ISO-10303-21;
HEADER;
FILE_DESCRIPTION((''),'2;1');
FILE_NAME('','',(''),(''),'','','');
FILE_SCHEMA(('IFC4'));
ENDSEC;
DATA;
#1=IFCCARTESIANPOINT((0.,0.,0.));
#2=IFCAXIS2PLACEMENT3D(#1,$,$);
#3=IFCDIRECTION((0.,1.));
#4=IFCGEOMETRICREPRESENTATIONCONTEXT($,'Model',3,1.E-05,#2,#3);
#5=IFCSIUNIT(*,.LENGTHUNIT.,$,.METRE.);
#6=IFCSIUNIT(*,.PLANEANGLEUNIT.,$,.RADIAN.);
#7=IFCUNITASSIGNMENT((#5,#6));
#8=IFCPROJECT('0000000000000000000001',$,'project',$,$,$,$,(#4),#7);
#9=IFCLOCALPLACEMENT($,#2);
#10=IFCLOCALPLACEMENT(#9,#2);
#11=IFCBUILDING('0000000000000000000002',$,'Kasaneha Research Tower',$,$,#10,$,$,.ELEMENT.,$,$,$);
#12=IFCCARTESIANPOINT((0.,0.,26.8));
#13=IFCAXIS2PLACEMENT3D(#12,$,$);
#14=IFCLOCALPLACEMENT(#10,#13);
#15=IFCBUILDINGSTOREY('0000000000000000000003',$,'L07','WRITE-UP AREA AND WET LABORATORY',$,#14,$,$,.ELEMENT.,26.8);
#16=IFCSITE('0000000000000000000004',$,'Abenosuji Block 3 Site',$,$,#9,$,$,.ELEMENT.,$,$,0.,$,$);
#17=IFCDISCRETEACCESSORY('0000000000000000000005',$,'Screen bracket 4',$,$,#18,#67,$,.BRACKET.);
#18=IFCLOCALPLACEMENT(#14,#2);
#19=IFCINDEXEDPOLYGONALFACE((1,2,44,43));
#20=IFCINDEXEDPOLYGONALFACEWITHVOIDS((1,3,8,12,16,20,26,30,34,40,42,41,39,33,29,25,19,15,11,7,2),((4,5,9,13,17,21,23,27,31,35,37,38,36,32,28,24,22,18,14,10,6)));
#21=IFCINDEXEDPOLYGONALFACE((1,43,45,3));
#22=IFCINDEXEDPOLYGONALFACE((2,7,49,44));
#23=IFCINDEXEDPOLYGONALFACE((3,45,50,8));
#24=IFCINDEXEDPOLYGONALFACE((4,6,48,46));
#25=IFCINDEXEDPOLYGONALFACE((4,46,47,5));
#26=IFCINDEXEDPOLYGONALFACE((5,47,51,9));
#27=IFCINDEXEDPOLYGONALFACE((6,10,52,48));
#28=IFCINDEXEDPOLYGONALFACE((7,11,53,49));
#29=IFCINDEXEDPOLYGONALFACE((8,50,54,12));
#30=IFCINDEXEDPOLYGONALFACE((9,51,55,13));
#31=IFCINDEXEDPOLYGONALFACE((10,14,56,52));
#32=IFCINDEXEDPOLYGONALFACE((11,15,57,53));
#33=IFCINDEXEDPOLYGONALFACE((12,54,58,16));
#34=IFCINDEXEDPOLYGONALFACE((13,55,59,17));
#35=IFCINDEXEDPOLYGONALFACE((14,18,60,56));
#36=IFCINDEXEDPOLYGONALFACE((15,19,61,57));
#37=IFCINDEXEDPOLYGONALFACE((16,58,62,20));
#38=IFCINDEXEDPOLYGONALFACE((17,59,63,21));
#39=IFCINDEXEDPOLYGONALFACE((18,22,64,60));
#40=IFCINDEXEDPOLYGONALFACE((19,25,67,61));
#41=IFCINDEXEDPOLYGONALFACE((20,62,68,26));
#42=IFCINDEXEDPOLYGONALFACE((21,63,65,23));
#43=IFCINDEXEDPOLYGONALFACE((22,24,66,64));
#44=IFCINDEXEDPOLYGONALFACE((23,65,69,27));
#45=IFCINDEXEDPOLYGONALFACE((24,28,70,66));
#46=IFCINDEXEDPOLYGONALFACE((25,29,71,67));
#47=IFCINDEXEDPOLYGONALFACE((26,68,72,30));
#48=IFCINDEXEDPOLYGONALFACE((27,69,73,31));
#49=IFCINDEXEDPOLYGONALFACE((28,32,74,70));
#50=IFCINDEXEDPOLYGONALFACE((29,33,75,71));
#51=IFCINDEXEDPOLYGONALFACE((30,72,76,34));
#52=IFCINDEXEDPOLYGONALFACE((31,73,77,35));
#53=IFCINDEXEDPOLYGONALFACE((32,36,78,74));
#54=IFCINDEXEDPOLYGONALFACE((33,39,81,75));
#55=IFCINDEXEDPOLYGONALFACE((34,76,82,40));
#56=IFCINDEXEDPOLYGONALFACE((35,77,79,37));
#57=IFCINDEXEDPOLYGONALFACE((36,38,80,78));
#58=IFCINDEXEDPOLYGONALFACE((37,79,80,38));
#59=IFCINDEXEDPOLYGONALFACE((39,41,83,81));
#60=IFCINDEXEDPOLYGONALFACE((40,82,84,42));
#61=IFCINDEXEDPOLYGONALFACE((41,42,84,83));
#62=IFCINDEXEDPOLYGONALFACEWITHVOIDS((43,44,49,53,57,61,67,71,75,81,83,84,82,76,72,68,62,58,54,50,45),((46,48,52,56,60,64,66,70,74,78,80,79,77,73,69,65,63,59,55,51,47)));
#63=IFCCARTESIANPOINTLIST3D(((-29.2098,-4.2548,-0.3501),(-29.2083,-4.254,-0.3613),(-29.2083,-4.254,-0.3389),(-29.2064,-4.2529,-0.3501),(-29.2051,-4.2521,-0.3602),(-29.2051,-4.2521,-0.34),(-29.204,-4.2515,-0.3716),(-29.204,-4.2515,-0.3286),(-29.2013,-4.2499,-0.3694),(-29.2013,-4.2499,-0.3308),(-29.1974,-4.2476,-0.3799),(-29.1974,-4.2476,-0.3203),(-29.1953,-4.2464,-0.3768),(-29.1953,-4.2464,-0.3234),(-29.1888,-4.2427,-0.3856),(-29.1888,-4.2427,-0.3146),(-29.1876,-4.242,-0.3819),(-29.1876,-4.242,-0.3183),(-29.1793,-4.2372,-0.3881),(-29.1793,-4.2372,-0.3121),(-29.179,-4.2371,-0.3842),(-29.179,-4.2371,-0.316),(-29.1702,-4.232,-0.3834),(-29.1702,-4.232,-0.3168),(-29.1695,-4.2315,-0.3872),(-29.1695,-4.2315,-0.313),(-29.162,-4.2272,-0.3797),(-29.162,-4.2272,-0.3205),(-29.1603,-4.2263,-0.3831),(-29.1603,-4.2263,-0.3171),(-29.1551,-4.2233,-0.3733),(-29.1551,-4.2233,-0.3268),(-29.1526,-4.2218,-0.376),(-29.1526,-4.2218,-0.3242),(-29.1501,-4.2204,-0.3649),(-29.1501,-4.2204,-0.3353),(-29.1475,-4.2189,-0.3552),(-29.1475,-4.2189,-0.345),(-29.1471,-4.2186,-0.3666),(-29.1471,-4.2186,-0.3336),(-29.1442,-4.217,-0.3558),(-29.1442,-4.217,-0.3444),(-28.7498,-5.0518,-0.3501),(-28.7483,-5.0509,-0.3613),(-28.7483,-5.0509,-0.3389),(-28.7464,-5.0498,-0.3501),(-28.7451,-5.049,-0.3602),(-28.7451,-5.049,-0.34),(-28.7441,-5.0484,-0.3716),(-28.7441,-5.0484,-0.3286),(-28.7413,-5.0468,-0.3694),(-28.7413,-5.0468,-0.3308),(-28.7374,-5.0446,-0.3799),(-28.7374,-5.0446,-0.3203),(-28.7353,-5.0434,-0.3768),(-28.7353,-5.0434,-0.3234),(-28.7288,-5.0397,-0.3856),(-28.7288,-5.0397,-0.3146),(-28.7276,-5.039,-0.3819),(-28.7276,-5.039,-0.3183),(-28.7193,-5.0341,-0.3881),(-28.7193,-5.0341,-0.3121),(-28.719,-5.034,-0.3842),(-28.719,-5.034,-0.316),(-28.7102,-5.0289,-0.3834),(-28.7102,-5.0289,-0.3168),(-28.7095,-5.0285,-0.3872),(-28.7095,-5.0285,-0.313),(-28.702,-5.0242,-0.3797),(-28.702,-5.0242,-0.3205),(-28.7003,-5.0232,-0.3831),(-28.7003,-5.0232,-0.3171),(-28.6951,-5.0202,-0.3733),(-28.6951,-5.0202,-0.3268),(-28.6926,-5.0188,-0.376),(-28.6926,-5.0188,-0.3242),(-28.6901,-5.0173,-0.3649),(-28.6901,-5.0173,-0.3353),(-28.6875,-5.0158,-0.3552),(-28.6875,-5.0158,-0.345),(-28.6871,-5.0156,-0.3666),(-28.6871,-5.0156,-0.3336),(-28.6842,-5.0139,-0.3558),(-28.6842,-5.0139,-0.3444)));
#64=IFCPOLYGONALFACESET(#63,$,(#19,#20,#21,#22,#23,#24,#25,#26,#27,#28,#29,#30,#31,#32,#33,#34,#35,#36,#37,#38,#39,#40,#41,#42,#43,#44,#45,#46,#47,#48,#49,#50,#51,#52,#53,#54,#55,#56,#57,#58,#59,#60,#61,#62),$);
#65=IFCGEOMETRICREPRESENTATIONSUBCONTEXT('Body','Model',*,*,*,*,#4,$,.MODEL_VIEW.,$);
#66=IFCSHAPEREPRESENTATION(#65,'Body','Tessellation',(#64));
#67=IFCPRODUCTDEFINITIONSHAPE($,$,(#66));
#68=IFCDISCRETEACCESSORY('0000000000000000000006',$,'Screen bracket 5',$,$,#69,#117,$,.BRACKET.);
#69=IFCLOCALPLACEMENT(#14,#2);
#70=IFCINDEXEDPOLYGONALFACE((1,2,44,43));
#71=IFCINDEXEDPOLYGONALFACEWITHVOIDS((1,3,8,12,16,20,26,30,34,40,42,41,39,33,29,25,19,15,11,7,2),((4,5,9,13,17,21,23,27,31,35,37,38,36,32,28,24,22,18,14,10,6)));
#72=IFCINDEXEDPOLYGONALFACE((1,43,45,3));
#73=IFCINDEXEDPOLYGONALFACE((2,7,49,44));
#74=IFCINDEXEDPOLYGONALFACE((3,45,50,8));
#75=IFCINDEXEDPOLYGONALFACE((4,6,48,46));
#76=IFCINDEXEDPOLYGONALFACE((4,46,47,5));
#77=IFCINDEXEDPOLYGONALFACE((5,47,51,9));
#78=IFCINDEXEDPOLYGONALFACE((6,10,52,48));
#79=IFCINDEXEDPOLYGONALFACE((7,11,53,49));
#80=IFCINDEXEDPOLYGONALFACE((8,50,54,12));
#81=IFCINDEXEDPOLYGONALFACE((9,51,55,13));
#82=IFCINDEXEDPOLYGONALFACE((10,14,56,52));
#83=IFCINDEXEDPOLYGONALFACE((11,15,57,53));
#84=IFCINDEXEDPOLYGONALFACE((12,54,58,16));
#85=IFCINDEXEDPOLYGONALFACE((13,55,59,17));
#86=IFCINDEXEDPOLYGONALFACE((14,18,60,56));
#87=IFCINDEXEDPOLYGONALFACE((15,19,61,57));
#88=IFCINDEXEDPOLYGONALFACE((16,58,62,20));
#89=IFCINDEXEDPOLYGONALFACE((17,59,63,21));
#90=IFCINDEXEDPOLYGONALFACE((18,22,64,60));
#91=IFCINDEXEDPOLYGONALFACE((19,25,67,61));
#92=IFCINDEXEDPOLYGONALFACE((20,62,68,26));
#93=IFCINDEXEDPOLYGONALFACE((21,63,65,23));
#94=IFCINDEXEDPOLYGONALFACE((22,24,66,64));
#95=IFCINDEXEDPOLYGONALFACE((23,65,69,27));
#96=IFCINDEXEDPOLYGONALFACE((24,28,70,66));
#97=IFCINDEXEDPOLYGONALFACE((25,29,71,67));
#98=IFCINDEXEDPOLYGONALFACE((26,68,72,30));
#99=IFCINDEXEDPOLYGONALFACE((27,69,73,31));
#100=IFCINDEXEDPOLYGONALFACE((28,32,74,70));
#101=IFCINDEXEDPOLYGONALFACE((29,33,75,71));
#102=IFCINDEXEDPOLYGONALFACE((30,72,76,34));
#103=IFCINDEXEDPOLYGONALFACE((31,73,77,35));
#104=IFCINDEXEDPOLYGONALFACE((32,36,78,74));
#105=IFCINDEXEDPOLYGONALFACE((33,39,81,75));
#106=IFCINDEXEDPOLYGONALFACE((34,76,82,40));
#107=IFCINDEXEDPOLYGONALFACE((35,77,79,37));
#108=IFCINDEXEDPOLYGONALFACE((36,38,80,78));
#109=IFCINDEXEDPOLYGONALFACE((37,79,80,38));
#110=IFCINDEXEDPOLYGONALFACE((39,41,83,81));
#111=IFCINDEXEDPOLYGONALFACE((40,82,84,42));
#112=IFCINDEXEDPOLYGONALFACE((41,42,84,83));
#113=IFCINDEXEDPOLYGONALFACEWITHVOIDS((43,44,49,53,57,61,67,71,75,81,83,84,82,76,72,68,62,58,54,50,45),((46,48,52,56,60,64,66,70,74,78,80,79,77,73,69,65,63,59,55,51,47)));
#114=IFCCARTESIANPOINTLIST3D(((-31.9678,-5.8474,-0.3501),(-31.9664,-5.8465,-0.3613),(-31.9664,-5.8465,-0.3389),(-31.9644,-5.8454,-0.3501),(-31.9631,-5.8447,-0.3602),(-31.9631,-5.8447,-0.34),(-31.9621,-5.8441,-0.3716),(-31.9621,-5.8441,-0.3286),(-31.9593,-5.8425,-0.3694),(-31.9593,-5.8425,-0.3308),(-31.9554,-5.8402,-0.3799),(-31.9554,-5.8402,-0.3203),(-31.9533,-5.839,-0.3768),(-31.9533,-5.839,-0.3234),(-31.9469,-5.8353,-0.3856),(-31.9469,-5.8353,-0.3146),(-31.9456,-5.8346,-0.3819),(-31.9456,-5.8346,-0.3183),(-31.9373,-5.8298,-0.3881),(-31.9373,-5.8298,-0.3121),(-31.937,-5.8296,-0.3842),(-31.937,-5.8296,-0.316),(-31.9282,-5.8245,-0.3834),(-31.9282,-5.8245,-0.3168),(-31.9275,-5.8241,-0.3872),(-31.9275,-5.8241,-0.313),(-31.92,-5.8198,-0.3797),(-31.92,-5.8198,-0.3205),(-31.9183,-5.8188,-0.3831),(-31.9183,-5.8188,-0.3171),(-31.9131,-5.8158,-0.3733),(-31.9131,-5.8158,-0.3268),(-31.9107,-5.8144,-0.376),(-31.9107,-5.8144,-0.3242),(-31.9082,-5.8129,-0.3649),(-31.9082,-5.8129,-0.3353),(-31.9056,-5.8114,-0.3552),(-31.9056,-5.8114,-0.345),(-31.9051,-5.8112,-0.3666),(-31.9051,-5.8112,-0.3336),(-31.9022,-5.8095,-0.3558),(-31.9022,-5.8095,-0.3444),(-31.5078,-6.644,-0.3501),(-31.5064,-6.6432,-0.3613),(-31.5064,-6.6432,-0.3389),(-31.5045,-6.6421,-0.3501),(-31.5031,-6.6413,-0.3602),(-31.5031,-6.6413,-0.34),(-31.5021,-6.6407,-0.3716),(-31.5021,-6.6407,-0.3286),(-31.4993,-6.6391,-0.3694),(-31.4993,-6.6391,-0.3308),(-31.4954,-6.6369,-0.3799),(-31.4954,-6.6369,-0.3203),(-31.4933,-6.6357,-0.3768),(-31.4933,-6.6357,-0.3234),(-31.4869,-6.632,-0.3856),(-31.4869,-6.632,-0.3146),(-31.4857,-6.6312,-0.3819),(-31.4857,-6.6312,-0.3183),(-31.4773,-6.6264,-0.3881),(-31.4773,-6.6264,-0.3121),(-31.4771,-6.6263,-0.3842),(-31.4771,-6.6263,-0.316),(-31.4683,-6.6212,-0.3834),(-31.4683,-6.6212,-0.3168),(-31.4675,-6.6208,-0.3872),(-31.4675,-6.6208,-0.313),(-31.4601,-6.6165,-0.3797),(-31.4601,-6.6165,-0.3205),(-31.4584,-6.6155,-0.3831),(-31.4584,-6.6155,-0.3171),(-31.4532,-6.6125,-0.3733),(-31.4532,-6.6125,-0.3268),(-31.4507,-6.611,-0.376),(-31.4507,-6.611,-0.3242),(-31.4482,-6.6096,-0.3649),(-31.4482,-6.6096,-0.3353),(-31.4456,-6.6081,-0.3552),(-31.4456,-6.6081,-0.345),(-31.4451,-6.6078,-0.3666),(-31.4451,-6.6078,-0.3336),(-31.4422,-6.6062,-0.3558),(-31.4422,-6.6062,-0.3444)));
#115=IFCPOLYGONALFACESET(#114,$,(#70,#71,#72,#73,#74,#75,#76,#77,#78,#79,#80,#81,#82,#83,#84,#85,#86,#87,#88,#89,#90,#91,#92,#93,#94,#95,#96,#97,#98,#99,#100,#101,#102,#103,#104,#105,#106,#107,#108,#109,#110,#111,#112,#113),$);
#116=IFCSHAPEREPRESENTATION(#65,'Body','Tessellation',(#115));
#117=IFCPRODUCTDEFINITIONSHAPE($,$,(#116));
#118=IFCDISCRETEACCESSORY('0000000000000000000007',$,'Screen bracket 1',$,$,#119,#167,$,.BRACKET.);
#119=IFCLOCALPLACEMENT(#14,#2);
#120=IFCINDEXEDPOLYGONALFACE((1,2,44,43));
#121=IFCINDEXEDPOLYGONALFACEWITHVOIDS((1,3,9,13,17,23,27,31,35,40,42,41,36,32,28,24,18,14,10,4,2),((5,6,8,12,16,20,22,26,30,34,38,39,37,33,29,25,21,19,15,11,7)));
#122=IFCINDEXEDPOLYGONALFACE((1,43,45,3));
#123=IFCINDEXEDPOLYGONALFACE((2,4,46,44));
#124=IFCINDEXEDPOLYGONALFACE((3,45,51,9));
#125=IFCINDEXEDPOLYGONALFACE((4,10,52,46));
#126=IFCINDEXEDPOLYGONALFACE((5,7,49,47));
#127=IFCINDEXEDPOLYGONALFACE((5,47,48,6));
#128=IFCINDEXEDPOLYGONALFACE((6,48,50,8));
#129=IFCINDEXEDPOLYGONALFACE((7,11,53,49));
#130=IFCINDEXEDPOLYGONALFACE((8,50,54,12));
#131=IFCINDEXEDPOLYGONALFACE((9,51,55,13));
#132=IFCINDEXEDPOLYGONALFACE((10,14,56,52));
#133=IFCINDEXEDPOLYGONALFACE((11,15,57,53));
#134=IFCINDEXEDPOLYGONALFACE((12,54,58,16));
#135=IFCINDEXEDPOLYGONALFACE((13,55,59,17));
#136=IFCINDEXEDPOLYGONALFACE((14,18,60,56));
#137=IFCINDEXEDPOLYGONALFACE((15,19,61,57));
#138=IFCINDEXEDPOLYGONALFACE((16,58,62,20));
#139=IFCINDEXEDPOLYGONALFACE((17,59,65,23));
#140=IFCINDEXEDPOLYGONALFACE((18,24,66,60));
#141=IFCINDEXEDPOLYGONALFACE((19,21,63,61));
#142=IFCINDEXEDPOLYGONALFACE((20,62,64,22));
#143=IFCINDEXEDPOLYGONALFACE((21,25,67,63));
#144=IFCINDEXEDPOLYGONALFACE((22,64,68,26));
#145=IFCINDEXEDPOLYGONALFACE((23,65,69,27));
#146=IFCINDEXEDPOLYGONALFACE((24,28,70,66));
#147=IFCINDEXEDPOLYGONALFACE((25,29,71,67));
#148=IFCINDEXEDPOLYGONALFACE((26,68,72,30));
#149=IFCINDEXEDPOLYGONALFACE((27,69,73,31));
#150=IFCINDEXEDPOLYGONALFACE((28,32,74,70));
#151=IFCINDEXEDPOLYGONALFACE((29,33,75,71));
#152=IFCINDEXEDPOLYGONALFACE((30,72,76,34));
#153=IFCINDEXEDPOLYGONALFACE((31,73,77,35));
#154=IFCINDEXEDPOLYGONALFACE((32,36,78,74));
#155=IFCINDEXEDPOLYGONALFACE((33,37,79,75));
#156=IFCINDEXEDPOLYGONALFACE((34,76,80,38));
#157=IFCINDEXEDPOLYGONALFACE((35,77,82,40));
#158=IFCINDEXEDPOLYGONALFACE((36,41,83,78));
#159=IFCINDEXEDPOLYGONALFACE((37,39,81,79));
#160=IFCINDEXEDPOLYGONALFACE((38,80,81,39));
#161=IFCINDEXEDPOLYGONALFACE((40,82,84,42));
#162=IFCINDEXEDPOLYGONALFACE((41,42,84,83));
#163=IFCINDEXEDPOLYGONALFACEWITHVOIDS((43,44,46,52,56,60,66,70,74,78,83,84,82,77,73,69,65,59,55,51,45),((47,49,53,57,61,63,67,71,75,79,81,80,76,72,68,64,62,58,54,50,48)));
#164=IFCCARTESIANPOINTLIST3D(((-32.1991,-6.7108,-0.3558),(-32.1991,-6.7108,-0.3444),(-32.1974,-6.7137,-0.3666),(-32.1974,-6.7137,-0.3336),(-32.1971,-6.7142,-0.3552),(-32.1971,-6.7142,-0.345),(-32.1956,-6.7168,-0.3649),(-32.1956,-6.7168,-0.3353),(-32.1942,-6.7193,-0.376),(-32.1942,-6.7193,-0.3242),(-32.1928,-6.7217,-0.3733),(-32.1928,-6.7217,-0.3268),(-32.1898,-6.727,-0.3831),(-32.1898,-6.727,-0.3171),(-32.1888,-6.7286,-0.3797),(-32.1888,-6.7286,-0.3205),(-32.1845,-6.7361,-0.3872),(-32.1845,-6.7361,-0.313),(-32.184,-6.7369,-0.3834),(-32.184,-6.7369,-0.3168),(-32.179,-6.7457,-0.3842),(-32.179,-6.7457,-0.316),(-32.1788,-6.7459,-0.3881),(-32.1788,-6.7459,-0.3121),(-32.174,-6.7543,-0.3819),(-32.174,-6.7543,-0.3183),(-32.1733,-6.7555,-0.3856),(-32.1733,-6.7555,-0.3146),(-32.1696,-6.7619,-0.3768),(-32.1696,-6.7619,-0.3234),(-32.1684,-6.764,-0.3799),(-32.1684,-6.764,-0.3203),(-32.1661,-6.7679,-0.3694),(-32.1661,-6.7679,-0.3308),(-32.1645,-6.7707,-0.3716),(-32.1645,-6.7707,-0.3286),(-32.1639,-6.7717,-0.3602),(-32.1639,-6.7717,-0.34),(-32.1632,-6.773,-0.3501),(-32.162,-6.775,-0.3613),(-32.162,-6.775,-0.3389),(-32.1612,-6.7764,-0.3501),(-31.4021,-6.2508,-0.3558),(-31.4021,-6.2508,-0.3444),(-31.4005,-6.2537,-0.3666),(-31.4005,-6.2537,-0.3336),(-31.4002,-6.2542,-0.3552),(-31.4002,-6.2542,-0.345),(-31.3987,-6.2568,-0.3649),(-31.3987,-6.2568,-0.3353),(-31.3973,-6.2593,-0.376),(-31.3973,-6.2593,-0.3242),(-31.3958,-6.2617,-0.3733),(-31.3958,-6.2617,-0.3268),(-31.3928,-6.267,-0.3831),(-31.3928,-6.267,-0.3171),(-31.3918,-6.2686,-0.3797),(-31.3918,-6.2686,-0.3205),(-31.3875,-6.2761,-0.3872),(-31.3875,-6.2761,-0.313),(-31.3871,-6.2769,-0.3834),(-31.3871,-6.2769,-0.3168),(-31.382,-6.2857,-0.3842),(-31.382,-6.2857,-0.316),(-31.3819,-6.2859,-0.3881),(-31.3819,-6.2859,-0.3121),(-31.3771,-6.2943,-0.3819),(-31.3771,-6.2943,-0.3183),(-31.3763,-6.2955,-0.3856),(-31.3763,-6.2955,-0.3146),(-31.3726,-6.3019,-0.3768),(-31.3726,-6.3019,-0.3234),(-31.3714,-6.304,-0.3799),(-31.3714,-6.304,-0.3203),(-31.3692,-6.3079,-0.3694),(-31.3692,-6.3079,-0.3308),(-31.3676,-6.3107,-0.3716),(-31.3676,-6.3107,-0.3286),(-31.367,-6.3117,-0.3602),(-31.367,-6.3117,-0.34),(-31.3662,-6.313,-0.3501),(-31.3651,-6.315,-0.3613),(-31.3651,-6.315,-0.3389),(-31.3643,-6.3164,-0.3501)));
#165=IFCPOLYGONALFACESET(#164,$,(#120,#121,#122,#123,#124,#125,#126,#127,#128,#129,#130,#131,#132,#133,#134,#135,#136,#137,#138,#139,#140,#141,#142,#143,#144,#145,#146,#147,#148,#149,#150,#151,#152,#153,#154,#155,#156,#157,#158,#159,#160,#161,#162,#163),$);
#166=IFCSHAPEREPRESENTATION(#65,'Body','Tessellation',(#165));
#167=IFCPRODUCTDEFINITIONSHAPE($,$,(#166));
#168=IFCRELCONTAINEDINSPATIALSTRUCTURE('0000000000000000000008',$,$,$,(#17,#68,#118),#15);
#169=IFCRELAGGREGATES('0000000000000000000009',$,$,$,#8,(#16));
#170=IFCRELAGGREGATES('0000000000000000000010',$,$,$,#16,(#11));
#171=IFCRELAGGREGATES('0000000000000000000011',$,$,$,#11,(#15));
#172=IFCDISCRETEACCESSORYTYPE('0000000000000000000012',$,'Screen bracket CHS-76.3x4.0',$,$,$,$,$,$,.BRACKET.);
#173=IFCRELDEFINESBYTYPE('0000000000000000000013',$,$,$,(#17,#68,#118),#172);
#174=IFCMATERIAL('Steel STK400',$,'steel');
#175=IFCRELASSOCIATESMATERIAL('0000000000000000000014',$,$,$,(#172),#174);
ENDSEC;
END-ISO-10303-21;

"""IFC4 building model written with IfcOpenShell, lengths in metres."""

from ifc_helpers import new_model, si_unit, direction, frame, origin, origin_2d, place, context, subcontext, project, spatial, hollow_circle, extrude, material, material_profile, profile_set, type_object, element, save


model = new_model("IFC4")

# Units and contexts
model_context = context("Model", 3, precision=1e-05, world=origin(), true_north=direction((0.0, 1.0)))
body_context = subcontext(model_context, "Body", "Model", "MODEL_VIEW")
ifc_project = project(units=[si_unit("LENGTHUNIT", "METRE"), si_unit("PLANEANGLEUNIT", "RADIAN")], contexts=[model_context])

# Site, building, storey
site_placement = place(None, origin())
site = spatial("IfcSite", under=ifc_project, at=site_placement, Name="Abenosuji Block 3 Site", CompositionType="ELEMENT", RefElevation=0.0)
building_placement = place(site_placement, origin())
building = spatial("IfcBuilding", under=site, at=building_placement, Name="Kasaneha Research Tower", CompositionType="ELEMENT")
storey_placement = place(building_placement, frame((0.0, 0.0, 26.8)))
storey = spatial("IfcBuildingStorey", under=building, at=storey_placement, Name="L07", Description="WRITE-UP AREA AND WET LABORATORY", CompositionType="ELEMENT", Elevation=26.8)

# Discrete accessories
ifc_material_1 = material(Name="Steel STK400", Category="steel")
ifc_material_profile_1 = material_profile(ifc_material_1, hollow_circle(Radius=0.0381, WallThickness=0.0039, at=origin_2d()), Name="CHS-76.3x4.0")
ifc_profile_set_1 = profile_set([ifc_material_profile_1], Name="Steel STK400")
discrete_accessory_type = type_object("IfcDiscreteAccessoryType", Name="Screen bracket CHS-76.3x4.0", PredefinedType="BRACKET", material=ifc_profile_set_1)
discrete_accessory_1_placement = place(storey_placement, frame((-28.7168, -5.0327, -0.3501), z_axis=(-0.499906, 0.86608, 0.0), x_axis=(-0.86608, -0.499906, 0.0)))
element("IfcDiscreteAccessory", 1, at=discrete_accessory_1_placement, inside=storey, type_object=discrete_accessory_type, Name="Screen bracket 4", PredefinedType="BRACKET", context=body_context, shape_type="SweptSolid", body=[
    extrude(hollow_circle(Radius=0.0381, WallThickness=0.0039, at=origin_2d()), origin(), (0.0, 0.0, 1.0), 0.9202),
])
discrete_accessory_2_placement = place(storey_placement, frame((-31.4749, -6.625, -0.3501), z_axis=(-0.500021, 0.866013, 0.0), x_axis=(-0.866013, -0.500021, 0.0)))
element("IfcDiscreteAccessory", 2, at=discrete_accessory_2_placement, inside=storey, type_object=discrete_accessory_type, Name="Screen bracket 5", PredefinedType="BRACKET", context=body_context, shape_type="SweptSolid", body=[
    extrude(hollow_circle(Radius=0.0381, WallThickness=0.0039, at=origin_2d()), origin(), (0.0, 0.0, 1.0), 0.9199),
])
discrete_accessory_3_placement = place(storey_placement, frame((-31.3833, -6.2834, -0.3501), z_axis=(-0.86608, -0.499906, 0.0), x_axis=(0.499906, -0.86608, 0.0)))
element("IfcDiscreteAccessory", 3, at=discrete_accessory_3_placement, inside=storey, type_object=discrete_accessory_type, Name="Screen bracket 1", PredefinedType="BRACKET", context=body_context, shape_type="SweptSolid", body=[
    extrude(hollow_circle(Radius=0.0381, WallThickness=0.0039, at=origin_2d()), origin(), (0.0, 0.0, 1.0), 0.9202),
])

save(model, "model.ifc")
